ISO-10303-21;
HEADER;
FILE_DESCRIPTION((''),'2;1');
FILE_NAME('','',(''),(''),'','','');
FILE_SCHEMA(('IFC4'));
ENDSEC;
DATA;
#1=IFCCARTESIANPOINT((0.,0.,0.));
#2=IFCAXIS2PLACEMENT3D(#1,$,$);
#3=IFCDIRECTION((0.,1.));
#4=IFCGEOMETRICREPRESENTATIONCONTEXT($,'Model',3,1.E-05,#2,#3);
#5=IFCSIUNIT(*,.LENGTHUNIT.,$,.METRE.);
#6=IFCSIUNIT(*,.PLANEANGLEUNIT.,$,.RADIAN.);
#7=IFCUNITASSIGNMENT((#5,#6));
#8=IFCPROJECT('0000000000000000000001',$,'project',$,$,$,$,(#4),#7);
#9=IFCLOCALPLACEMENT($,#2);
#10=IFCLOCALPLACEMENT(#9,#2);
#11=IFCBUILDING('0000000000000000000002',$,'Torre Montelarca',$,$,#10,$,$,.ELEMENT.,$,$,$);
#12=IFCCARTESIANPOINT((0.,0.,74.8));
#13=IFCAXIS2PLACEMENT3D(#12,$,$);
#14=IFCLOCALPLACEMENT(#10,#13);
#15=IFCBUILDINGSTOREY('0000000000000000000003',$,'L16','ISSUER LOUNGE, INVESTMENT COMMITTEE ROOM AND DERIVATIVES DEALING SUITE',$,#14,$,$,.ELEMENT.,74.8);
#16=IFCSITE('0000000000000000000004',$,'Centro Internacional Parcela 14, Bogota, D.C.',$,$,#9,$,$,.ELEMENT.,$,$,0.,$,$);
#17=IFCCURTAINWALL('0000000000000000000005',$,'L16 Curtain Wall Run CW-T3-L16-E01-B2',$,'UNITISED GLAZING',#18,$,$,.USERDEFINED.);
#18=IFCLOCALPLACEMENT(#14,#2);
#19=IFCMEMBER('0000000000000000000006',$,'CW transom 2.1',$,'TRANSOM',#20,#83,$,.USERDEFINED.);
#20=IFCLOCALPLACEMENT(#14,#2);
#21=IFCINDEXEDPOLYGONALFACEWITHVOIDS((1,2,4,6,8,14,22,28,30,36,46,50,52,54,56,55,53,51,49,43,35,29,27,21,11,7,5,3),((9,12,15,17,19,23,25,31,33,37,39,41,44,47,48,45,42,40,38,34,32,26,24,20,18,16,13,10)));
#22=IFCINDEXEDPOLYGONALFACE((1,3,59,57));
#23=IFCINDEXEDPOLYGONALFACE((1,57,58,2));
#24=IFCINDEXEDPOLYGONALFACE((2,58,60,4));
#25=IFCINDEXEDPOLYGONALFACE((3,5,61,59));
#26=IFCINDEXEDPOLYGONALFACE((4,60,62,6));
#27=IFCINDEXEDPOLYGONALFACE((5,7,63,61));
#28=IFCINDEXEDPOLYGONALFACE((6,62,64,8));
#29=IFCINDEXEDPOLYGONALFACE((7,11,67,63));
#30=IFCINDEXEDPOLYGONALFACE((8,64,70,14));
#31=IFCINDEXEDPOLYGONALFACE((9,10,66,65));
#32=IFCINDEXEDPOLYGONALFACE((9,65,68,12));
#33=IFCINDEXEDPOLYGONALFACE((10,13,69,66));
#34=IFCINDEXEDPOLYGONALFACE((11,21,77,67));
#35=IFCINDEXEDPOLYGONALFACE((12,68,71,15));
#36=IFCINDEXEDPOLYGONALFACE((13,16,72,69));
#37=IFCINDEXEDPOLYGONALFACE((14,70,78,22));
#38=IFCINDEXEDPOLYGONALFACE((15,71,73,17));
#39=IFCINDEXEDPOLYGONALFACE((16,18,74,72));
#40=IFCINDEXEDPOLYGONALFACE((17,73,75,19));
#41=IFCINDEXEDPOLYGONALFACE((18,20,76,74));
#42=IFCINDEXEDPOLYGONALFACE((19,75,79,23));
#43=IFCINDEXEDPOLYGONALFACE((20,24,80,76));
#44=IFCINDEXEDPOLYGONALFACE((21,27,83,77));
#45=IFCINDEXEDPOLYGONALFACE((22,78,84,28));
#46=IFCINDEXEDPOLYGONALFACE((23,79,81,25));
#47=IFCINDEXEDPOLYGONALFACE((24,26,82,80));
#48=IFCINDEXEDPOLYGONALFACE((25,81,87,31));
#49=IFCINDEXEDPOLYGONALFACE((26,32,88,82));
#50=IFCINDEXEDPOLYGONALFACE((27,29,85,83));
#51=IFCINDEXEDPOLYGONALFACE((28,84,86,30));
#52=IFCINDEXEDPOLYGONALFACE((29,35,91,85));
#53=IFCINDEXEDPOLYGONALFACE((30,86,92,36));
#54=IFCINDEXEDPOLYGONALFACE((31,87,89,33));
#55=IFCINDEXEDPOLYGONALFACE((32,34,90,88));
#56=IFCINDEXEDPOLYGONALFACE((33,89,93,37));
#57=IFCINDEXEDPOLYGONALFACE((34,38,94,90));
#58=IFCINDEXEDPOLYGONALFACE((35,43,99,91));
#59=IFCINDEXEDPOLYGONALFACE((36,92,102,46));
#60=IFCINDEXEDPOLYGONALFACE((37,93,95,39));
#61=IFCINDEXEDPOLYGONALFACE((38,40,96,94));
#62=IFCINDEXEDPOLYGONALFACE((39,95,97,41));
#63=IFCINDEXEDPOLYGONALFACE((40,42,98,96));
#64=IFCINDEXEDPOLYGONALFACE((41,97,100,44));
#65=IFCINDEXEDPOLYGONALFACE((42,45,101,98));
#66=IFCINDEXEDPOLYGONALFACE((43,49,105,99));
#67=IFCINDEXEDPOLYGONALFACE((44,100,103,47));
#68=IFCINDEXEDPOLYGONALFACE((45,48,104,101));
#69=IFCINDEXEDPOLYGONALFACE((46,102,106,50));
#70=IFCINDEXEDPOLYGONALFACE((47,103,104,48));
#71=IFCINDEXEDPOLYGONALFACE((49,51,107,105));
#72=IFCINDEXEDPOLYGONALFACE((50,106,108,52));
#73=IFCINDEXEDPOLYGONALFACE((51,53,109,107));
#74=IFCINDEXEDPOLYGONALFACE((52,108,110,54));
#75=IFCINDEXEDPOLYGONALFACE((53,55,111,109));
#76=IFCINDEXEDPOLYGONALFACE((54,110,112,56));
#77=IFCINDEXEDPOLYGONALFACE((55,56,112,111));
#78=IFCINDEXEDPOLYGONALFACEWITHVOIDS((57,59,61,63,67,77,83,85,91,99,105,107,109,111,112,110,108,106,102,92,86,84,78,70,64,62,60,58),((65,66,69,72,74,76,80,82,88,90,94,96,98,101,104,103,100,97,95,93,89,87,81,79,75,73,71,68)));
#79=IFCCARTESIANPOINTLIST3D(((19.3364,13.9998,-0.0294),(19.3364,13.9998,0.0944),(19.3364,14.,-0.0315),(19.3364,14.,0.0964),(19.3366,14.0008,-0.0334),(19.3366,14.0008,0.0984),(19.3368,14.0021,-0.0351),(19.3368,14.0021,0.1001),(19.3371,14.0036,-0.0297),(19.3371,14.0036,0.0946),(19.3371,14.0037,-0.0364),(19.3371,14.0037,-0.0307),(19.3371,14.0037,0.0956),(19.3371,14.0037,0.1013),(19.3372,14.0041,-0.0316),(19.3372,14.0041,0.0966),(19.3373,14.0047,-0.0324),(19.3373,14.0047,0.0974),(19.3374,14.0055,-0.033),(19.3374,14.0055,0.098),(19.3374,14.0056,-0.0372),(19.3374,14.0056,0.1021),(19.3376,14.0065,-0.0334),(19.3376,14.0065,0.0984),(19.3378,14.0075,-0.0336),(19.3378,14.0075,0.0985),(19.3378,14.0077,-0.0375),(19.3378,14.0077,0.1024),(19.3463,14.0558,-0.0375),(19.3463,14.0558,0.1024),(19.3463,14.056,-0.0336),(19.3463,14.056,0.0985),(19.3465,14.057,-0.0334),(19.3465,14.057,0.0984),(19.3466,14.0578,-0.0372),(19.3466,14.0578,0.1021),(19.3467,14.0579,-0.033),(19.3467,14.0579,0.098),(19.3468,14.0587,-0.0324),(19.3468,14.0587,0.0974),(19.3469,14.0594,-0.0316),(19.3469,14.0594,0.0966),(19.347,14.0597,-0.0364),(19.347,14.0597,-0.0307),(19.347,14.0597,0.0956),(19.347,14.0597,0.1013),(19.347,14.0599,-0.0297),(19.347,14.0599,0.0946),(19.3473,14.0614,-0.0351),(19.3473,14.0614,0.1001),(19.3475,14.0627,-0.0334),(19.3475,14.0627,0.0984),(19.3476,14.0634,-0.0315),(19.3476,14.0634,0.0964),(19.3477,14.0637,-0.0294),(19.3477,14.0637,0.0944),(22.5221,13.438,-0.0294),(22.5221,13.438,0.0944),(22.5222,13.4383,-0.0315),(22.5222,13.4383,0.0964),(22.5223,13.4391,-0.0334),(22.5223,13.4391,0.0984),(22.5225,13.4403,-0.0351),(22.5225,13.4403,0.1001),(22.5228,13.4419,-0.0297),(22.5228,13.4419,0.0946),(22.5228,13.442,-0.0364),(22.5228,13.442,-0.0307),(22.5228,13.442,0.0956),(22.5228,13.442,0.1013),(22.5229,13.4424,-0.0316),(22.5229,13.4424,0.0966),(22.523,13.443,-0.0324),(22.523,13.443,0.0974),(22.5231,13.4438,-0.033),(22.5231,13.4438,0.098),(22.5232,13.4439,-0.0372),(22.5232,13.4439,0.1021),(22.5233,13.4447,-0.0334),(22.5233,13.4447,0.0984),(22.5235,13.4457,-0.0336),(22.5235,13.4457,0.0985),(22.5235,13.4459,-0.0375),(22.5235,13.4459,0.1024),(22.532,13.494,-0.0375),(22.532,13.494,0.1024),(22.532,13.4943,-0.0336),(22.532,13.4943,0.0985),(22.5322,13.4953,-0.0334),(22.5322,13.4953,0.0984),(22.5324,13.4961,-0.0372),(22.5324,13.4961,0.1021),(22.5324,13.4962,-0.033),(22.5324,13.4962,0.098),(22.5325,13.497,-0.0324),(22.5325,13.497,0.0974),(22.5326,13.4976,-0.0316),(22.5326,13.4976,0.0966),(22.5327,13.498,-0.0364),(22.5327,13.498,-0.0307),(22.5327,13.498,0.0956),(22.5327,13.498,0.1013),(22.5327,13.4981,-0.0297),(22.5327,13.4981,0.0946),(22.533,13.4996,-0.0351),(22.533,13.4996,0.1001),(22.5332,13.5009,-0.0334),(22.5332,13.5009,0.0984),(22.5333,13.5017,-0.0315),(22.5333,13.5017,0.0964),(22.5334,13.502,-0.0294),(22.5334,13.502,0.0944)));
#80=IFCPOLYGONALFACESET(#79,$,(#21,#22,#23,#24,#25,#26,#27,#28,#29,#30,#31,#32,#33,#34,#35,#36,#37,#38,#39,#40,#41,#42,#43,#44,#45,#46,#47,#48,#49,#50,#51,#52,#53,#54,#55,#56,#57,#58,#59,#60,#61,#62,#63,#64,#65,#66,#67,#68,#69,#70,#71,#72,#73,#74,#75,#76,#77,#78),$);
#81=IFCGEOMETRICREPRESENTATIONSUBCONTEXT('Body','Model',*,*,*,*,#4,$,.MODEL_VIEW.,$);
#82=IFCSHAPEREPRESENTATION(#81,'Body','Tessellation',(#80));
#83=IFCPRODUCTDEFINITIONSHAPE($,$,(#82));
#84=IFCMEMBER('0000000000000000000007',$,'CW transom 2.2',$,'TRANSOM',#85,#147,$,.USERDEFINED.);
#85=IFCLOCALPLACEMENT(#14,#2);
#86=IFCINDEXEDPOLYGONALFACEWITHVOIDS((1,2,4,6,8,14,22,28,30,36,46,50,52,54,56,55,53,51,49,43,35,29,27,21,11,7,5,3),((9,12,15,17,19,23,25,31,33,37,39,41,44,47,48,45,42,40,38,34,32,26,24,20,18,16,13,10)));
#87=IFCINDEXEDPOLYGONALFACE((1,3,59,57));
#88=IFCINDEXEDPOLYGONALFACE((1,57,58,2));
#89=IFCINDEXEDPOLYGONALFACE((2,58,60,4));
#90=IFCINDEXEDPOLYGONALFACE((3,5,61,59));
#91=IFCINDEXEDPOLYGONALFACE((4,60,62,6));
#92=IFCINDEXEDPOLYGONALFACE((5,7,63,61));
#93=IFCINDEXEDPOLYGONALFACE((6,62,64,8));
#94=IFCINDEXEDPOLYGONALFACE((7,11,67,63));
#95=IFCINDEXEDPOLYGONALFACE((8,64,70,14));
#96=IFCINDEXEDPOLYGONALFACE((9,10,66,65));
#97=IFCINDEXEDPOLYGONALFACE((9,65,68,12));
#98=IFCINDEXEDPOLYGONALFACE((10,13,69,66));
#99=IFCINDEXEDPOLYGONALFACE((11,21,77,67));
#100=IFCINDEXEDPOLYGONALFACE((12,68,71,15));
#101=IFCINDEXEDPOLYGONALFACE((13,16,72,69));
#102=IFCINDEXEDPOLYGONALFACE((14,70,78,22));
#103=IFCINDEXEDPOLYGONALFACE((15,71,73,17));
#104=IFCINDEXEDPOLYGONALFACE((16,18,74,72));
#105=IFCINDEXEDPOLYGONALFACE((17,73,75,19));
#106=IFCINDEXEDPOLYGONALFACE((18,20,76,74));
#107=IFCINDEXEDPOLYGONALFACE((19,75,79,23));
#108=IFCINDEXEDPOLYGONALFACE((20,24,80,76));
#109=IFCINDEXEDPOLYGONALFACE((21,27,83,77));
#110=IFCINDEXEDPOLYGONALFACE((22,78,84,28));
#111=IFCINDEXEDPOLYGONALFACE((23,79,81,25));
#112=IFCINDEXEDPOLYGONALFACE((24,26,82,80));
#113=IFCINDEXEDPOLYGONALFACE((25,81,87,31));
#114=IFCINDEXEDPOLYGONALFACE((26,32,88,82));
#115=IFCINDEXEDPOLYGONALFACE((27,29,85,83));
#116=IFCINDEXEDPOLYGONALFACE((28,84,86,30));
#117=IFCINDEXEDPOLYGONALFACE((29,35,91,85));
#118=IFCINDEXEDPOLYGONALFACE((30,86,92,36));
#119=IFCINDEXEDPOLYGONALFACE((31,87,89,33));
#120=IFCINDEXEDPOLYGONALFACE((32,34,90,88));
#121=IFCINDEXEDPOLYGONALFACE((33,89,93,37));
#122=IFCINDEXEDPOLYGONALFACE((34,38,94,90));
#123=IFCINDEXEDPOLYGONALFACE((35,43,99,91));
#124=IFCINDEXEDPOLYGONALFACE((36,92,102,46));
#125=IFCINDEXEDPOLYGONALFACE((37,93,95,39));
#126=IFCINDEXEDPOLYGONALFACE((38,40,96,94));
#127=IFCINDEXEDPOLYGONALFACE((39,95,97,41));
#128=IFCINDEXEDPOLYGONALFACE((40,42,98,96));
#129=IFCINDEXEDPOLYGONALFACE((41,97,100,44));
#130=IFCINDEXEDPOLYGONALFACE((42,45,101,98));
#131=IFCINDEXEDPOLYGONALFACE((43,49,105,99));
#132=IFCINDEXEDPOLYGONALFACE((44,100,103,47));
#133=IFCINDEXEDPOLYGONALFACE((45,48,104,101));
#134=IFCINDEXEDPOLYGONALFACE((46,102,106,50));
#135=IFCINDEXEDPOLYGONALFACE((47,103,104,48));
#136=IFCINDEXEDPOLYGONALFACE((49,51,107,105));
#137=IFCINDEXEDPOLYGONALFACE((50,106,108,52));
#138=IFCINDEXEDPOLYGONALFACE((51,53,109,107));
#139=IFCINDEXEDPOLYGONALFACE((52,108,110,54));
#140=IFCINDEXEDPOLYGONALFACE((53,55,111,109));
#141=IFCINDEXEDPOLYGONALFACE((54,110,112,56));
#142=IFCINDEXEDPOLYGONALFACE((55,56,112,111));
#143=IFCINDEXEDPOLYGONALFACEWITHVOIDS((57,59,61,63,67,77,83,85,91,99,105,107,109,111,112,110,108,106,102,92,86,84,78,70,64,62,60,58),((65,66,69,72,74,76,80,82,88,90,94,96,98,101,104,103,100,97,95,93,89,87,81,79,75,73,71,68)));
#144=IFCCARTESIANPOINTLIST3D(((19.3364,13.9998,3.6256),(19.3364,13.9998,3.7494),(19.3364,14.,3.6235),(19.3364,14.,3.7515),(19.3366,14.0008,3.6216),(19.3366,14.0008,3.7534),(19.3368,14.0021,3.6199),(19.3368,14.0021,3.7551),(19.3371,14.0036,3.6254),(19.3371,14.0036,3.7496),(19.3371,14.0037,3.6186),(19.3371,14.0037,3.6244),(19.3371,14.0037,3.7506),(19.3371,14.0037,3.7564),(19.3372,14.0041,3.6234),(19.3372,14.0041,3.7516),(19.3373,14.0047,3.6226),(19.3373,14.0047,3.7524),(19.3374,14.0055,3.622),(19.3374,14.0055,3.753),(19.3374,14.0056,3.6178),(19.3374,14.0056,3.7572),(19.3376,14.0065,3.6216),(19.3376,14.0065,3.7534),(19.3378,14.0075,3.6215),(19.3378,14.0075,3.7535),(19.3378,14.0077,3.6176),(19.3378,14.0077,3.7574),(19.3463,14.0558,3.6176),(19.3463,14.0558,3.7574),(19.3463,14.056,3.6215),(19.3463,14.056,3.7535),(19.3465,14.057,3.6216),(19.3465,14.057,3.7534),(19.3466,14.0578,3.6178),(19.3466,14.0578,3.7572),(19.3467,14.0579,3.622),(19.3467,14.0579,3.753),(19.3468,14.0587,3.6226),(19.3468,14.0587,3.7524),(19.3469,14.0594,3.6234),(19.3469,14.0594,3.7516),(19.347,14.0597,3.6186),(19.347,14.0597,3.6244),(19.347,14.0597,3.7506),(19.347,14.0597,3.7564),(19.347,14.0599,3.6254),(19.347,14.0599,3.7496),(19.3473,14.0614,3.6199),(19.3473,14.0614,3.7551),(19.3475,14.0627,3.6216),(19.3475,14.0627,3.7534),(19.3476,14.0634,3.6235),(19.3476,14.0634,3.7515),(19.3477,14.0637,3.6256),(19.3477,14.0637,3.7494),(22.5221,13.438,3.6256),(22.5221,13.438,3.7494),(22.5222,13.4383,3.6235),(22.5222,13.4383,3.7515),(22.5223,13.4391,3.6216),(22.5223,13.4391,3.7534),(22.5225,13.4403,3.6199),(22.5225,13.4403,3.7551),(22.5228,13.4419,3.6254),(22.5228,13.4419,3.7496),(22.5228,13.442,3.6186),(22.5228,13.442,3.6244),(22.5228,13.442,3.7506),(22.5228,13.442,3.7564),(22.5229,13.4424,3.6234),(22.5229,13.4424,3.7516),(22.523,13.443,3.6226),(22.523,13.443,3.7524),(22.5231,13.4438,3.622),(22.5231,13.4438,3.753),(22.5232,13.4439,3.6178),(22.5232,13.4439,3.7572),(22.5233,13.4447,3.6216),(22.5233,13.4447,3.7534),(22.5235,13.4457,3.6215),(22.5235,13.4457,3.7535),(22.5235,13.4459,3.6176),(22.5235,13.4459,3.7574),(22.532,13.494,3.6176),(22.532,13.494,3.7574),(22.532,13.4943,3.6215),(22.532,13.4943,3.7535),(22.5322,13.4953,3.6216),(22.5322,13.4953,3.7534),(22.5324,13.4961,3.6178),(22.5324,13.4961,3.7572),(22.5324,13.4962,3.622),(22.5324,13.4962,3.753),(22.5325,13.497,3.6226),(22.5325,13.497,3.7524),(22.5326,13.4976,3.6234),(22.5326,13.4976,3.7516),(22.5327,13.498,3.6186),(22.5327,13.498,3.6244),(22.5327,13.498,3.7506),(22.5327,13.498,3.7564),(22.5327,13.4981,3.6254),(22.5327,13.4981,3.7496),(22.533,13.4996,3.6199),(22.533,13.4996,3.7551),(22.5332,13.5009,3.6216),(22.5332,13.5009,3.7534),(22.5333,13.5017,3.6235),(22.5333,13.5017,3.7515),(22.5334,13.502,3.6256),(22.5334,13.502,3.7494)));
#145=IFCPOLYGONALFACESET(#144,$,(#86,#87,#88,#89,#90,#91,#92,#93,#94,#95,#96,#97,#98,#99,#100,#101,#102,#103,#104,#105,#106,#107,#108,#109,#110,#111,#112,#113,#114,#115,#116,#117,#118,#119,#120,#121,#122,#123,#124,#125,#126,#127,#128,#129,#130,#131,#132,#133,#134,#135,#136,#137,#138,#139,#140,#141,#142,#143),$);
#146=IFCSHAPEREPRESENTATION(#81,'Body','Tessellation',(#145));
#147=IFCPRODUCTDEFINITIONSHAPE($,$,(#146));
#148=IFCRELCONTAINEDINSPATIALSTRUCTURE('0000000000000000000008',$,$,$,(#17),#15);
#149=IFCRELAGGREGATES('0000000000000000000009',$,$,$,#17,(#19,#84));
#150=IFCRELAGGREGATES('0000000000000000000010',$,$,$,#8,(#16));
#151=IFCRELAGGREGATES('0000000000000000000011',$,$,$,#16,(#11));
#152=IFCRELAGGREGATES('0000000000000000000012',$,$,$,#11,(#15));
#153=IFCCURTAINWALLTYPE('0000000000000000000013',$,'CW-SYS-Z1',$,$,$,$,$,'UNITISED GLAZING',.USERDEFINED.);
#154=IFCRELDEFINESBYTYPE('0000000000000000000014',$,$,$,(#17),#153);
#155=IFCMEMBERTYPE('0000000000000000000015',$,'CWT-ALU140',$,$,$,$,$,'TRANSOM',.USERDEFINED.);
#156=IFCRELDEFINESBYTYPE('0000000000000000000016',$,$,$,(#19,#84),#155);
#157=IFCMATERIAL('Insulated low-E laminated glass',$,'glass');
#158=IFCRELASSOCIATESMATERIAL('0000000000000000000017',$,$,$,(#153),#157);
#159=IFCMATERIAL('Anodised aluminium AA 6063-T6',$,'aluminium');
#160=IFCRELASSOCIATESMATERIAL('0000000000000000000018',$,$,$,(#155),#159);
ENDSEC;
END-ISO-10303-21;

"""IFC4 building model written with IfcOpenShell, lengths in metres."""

from ifc_helpers import new_model, si_unit, direction, frame, origin, origin_2d, place, context, subcontext, project, spatial, hollow_rectangle, extrude, source, transform, mapped, material, material_profile, profile_set, type_object, element, aggregate, save


model = new_model("IFC4")

# Units and contexts
model_context = context("Model", 3, precision=1e-05, world=origin(), true_north=direction((0.0, 1.0)))
body_context = subcontext(model_context, "Body", "Model", "MODEL_VIEW")
ifc_project = project(units=[si_unit("LENGTHUNIT", "METRE"), si_unit("PLANEANGLEUNIT", "RADIAN")], contexts=[model_context])

# Site, building, storey
site_placement = place(None, origin())
site = spatial("IfcSite", under=ifc_project, at=site_placement, Name="Centro Internacional Parcela 14, Bogota, D.C.", CompositionType="ELEMENT", RefElevation=0.0)
building_placement = place(site_placement, origin())
building = spatial("IfcBuilding", under=site, at=building_placement, Name="Torre Montelarca", CompositionType="ELEMENT")
storey_placement = place(building_placement, frame((0.0, 0.0, 74.8)))
storey = spatial("IfcBuildingStorey", under=building, at=storey_placement, Name="L16", Description="ISSUER LOUNGE, INVESTMENT COMMITTEE ROOM AND DERIVATIVES DEALING SUITE", CompositionType="ELEMENT", Elevation=74.8)

# Curtain wall, members
ifc_material_1 = material(Name="Insulated low-E laminated glass", Category="glass")
curtain_wall_type = type_object("IfcCurtainWallType", Name="CW-SYS-Z1", ElementType="UNITISED GLAZING", PredefinedType="USERDEFINED", material=ifc_material_1)
ifc_material_2 = material(Name="Anodised aluminium AA 6063-T6", Category="aluminium")
ifc_material_profile_1 = material_profile(ifc_material_2, hollow_rectangle(XDim=0.0649, YDim=0.1399, WallThickness=0.0039, InnerFilletRadius=0.0039, OuterFilletRadius=0.0081, at=origin_2d()), Name="ALU65X140X4", Category="aluminium")
ifc_profile_set_1 = profile_set([ifc_material_profile_1], Name="Anodised aluminium AA 6063-T6")
member_type_1 = type_object("IfcMemberType", Name="CWT-ALU140", ElementType="TRANSOM", PredefinedType="USERDEFINED", material=ifc_profile_set_1)
curtain_wall_1_placement = place(storey_placement, origin())
curtain_wall_1 = element("IfcCurtainWall", 1, at=curtain_wall_1_placement, inside=storey, type_object=curtain_wall_type, Name="L16 Curtain Wall Run CW-T3-L16-E01-B2", ObjectType="UNITISED GLAZING", PredefinedType="USERDEFINED")
shared_shape_1 = source(origin(), body_context, "Body", "SweptSolid", [
    extrude(hollow_rectangle(XDim=0.0649, YDim=0.1399, WallThickness=0.0039, InnerFilletRadius=0.0039, OuterFilletRadius=0.0081, at=origin_2d()), origin(), (0.0, 0.0, 1.0), 3.2349),
])
member_1_placement = place(storey_placement, frame((19.342, 14.0317, 0.0325), z_axis=(0.984806, -0.173656, 0.0), x_axis=(0.173656, 0.984806, 0.0)))
member_1 = element("IfcMember", 2, at=member_1_placement, type_object=member_type_1, Name="CW transom 2.1", ObjectType="TRANSOM", PredefinedType="USERDEFINED", context=body_context, shape_type="MappedRepresentation", body=[
    mapped(shared_shape_1, transform((0.0, 0.0, 0.0), scale=1.0)),
])
member_2_placement = place(storey_placement, frame((19.342, 14.0317, 3.6875), z_axis=(0.984806, -0.173656, 0.0), x_axis=(0.173656, 0.984806, 0.0)))
member_2 = element("IfcMember", 3, at=member_2_placement, type_object=member_type_1, Name="CW transom 2.2", ObjectType="TRANSOM", PredefinedType="USERDEFINED", context=body_context, shape_type="MappedRepresentation", body=[
    mapped(shared_shape_1, transform((0.0, 0.0, 0.0), scale=1.0)),
])

aggregate(curtain_wall_1, [member_1, member_2])

save(model, "model.ifc")
